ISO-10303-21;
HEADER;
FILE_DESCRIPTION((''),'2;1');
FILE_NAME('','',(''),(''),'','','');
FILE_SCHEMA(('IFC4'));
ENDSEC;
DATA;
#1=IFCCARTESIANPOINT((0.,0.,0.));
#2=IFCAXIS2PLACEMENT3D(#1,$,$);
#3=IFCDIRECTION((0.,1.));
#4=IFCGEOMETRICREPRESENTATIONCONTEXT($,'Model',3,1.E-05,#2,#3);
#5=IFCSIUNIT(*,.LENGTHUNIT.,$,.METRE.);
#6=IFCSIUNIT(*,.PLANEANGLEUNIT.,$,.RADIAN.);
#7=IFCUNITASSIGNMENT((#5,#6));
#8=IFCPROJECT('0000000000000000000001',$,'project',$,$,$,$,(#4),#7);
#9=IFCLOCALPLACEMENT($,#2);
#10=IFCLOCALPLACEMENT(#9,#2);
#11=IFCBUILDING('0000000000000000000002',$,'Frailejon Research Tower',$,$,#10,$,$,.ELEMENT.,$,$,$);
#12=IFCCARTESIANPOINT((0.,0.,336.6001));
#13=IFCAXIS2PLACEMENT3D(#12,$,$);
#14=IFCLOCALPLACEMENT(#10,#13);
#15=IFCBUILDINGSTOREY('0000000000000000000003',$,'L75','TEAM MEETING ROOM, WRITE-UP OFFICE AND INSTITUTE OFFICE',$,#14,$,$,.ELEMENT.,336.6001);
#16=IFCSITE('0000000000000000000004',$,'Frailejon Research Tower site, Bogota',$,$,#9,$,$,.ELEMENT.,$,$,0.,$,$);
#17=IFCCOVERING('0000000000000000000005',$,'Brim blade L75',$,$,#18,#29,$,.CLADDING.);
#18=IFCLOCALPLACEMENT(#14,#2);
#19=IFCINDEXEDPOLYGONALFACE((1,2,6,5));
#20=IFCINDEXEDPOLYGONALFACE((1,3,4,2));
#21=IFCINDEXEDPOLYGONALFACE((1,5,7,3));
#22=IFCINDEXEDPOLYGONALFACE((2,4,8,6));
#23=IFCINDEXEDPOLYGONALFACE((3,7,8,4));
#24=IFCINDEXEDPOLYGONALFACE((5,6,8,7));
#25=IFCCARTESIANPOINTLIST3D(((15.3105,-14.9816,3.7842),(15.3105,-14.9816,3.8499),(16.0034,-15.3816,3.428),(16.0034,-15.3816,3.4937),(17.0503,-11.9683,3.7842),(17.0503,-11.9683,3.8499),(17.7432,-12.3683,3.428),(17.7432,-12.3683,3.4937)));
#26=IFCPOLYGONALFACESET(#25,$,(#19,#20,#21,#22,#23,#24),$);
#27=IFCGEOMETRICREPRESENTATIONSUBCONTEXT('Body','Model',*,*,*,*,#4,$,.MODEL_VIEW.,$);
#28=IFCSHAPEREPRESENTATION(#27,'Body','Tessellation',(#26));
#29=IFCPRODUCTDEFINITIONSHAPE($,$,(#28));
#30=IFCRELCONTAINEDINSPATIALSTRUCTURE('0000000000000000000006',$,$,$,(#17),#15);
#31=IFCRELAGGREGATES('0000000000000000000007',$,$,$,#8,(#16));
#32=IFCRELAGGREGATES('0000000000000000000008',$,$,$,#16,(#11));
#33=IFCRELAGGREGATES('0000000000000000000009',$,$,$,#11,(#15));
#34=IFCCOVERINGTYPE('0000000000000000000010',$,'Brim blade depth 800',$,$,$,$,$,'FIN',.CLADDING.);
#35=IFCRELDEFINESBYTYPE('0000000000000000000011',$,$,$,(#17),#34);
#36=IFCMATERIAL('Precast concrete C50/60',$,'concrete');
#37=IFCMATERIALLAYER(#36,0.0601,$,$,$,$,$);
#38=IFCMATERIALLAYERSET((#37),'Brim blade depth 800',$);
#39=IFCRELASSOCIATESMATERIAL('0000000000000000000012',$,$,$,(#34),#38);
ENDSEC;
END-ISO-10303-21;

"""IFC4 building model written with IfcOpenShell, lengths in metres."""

from ifc_helpers import new_model, si_unit, direction, frame, origin, place, context, subcontext, project, spatial, polyline, outline, extrude, material, layer, layer_set, type_object, element, save


model = new_model("IFC4")

# Units and contexts
model_context = context("Model", 3, precision=1e-05, world=origin(), true_north=direction((0.0, 1.0)))
body_context = subcontext(model_context, "Body", "Model", "MODEL_VIEW")
ifc_project = project(units=[si_unit("LENGTHUNIT", "METRE"), si_unit("PLANEANGLEUNIT", "RADIAN")], contexts=[model_context])

# Site, building, storey
site_placement = place(None, origin())
site = spatial("IfcSite", under=ifc_project, at=site_placement, Name="Frailejon Research Tower site, Bogota", CompositionType="ELEMENT", RefElevation=0.0)
building_placement = place(site_placement, origin())
building = spatial("IfcBuilding", under=site, at=building_placement, Name="Frailejon Research Tower", CompositionType="ELEMENT")
storey_placement = place(building_placement, frame((0.0, 0.0, 336.6001)))
storey = spatial("IfcBuildingStorey", under=building, at=storey_placement, Name="L75", Description="TEAM MEETING ROOM, WRITE-UP OFFICE AND INSTITUTE OFFICE", CompositionType="ELEMENT", Elevation=336.6001)

# Covering
ifc_material_1 = material(Name="Precast concrete C50/60", Category="concrete")
ifc_layer_1 = layer(ifc_material_1, 0.0601)
ifc_layer_set_1 = layer_set([ifc_layer_1], Name="Brim blade depth 800")
covering_type_1 = type_object("IfcCoveringType", Name="Brim blade depth 800", ElementType="FIN", PredefinedType="CLADDING", material=ifc_layer_set_1)
covering_1_placement = place(storey_placement, frame((17.0503, -11.9683, 3.8499), z_axis=(-0.500006, -0.866022, 0.0), x_axis=(0.866022, -0.500006, 0.0)))
element("IfcCovering", 1, at=covering_1_placement, inside=storey, type_object=covering_type_1, Name="Brim blade L75", PredefinedType="CLADDING", context=body_context, shape_type="SweptSolid", body=[
    extrude(outline(polyline([(0.0, -0.0657), (0.8, -0.4219), (0.8, -0.3562), (0.0, 0.0), (0.0, -0.0657)])), origin(), (0.0, 0.0, 1.0), 3.4795),
])

save(model, "model.ifc")
